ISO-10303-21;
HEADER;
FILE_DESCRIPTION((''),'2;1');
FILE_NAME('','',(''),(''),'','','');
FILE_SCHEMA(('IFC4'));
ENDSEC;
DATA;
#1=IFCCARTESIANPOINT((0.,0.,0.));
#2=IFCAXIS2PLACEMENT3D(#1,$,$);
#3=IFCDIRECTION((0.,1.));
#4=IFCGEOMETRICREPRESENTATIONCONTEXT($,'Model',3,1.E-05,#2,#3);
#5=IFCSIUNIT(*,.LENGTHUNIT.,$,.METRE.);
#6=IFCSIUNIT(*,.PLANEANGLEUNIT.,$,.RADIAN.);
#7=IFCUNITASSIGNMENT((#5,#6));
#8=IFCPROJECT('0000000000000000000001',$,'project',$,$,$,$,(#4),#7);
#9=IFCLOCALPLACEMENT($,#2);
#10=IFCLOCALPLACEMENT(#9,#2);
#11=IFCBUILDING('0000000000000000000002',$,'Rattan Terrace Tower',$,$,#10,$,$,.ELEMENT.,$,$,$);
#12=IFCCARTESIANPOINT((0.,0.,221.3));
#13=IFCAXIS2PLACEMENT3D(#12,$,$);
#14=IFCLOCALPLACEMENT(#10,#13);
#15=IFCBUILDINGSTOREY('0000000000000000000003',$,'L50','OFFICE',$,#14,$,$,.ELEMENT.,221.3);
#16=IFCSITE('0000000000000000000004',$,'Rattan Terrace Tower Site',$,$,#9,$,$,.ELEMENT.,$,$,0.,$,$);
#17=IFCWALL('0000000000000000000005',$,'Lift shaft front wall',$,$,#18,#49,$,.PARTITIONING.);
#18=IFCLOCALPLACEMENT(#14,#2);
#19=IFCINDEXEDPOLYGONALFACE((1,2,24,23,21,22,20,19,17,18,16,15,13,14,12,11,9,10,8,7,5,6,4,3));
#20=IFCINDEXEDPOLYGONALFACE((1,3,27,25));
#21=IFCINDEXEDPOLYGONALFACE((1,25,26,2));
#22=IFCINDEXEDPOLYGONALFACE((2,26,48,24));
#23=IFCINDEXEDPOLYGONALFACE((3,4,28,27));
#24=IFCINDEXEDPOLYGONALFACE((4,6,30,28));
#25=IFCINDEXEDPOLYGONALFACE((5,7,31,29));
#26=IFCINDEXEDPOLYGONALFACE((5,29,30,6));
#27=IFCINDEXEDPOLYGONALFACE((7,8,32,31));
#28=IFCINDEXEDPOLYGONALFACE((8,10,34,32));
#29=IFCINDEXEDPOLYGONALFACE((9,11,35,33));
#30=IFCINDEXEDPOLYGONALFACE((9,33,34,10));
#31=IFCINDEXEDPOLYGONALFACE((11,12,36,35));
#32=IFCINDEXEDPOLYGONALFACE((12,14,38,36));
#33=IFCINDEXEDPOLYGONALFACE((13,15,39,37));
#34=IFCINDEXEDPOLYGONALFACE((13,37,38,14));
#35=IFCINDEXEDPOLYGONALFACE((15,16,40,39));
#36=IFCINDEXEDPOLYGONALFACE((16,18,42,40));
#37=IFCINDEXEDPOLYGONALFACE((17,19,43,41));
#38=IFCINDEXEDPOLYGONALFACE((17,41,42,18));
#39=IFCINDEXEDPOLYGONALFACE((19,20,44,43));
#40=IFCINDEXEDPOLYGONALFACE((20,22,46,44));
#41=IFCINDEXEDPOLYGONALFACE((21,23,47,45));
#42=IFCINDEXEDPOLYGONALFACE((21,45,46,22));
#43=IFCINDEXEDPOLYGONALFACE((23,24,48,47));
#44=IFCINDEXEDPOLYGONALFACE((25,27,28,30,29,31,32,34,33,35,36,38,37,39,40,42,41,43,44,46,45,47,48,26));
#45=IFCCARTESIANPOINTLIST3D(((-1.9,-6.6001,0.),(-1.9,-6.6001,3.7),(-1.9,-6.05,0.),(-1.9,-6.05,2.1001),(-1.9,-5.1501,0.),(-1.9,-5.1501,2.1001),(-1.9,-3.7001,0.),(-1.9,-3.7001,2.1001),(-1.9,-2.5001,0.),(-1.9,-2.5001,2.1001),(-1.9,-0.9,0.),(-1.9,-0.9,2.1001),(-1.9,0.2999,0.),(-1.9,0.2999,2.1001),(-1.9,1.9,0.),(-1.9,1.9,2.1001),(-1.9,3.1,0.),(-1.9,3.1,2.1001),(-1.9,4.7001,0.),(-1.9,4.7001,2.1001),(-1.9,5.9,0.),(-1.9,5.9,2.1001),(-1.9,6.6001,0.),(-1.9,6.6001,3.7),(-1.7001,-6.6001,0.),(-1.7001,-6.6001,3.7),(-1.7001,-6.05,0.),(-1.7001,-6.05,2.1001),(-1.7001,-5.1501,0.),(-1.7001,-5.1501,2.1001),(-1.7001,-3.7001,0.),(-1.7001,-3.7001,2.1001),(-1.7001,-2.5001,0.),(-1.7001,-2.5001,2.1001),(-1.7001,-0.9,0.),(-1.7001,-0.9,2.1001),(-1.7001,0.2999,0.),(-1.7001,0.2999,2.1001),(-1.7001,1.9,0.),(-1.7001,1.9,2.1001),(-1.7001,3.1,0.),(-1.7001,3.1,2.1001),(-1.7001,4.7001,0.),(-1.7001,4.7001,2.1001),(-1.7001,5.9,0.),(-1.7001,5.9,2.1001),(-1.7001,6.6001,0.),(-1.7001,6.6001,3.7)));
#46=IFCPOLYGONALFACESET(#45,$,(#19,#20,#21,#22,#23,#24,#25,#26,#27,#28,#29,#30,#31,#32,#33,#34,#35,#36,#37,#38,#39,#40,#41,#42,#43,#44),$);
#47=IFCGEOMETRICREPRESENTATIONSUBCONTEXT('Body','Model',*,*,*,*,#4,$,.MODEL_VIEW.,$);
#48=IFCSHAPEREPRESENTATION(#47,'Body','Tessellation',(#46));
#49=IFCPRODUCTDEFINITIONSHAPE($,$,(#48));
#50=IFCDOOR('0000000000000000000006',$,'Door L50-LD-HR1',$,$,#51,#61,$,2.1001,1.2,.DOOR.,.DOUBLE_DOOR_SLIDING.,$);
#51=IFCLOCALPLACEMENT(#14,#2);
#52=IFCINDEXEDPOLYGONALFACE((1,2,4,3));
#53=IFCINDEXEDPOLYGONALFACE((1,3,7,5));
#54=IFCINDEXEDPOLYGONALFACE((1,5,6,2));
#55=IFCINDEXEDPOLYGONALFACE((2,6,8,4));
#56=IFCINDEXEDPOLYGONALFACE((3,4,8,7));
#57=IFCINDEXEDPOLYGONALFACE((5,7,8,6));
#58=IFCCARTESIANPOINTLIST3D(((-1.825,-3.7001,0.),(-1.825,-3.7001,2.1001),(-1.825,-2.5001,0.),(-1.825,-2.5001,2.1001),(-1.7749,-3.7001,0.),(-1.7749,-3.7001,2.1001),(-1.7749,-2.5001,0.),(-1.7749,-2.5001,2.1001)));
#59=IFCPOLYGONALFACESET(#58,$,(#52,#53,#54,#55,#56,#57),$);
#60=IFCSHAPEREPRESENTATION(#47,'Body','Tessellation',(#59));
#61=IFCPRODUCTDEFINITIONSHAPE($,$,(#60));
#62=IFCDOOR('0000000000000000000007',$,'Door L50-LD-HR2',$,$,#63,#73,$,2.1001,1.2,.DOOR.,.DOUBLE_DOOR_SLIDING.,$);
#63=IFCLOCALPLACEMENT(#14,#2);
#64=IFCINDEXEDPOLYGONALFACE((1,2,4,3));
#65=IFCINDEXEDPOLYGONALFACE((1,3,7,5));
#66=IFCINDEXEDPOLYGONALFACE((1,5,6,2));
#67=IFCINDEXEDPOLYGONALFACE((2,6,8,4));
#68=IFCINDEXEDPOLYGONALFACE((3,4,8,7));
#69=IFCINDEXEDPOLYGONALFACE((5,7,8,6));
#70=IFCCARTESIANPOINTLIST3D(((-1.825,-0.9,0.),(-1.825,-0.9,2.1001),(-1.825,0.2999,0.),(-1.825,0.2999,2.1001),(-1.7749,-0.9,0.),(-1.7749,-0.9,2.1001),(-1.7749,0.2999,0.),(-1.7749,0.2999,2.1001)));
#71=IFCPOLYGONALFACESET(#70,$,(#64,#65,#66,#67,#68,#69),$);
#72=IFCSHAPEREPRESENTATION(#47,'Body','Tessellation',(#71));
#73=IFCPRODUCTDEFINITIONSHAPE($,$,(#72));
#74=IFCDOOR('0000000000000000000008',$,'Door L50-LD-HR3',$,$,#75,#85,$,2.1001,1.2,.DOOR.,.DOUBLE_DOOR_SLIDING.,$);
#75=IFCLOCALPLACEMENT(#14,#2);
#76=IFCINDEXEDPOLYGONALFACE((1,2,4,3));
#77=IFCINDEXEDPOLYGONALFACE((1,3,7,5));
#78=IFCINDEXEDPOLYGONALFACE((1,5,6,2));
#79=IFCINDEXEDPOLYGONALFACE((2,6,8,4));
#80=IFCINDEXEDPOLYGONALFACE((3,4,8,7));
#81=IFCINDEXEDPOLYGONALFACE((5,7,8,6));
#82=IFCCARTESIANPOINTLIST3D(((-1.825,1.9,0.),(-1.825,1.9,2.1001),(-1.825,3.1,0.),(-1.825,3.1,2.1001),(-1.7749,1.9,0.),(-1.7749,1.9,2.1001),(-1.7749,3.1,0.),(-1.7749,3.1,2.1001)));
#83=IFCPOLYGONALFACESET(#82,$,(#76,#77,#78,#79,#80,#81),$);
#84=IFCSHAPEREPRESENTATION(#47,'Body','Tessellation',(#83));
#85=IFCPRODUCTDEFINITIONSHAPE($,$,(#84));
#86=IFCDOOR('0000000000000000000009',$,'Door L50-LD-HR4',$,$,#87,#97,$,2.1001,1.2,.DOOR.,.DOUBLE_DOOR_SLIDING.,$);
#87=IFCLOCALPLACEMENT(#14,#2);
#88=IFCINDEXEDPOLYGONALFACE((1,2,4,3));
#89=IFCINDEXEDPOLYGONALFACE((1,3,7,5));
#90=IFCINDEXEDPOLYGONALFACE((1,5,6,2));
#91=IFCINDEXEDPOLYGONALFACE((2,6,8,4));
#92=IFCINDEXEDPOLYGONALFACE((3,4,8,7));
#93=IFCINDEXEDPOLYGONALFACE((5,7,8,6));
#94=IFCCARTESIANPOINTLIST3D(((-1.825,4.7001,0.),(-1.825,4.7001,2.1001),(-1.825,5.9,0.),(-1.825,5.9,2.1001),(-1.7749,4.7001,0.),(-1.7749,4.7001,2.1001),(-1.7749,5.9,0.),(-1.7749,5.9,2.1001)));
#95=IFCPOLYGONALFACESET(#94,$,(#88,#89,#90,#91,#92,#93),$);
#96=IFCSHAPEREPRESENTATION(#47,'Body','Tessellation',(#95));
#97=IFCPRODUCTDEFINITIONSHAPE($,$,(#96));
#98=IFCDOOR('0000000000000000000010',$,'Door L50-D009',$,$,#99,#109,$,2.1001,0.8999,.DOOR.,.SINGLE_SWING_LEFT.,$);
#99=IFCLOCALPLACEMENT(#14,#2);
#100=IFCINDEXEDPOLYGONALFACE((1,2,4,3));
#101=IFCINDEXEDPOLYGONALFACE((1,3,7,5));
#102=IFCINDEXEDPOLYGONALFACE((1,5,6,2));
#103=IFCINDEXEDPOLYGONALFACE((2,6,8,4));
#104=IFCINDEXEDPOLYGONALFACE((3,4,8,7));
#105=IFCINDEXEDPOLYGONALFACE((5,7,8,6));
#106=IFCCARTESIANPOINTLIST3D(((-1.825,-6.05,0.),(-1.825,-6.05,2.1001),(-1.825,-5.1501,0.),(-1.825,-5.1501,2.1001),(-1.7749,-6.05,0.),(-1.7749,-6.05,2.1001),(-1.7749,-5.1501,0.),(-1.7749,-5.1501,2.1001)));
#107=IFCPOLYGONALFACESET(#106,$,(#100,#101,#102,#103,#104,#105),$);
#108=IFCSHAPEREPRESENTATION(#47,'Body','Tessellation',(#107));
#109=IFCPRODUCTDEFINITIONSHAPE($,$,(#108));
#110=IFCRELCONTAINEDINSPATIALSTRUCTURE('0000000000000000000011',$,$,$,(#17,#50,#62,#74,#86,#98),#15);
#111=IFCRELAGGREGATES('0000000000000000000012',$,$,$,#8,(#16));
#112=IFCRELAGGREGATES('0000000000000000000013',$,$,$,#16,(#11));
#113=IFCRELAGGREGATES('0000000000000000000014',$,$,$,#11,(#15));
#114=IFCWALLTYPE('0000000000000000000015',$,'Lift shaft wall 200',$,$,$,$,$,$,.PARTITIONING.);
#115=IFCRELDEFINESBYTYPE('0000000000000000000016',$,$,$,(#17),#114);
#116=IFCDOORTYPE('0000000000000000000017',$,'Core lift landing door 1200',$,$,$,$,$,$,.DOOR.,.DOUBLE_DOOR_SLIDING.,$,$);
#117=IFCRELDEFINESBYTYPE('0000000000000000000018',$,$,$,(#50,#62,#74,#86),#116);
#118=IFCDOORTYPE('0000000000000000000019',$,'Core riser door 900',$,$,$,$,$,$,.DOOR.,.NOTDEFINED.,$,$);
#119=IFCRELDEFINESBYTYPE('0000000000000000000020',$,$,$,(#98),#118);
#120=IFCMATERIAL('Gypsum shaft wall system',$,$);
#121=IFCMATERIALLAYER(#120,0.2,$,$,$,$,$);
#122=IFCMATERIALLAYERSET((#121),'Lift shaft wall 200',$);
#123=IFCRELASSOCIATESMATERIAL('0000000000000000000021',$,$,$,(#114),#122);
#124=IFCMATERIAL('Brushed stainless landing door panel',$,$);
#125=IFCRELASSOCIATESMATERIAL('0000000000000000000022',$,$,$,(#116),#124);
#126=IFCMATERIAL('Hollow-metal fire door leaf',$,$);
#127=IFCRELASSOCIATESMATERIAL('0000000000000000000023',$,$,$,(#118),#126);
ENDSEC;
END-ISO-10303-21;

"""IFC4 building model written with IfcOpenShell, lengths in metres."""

from ifc_helpers import new_model, si_unit, direction, frame, frame_2d, origin, place, context, subcontext, project, spatial, rectangle, extrude, material, layer, layer_set, type_object, element, fill, save


model = new_model("IFC4")

# Units and contexts
model_context = context("Model", 3, precision=1e-05, world=origin(), true_north=direction((0.0, 1.0)))
body_context = subcontext(model_context, "Body", "Model", "MODEL_VIEW")
ifc_project = project(units=[si_unit("LENGTHUNIT", "METRE"), si_unit("PLANEANGLEUNIT", "RADIAN")], contexts=[model_context])

# Site, building, storey
site_placement = place(None, origin())
site = spatial("IfcSite", under=ifc_project, at=site_placement, Name="Rattan Terrace Tower Site", CompositionType="ELEMENT", RefElevation=0.0)
building_placement = place(site_placement, origin())
building = spatial("IfcBuilding", under=site, at=building_placement, Name="Rattan Terrace Tower", CompositionType="ELEMENT")
storey_placement = place(building_placement, frame((0.0, 0.0, 221.3)))
storey = spatial("IfcBuildingStorey", under=building, at=storey_placement, Name="L50", Description="OFFICE", CompositionType="ELEMENT", Elevation=221.3)

# Wall, openings, doors
ifc_material_1 = material(Name="Gypsum shaft wall system")
ifc_layer_1 = layer(ifc_material_1, 0.2)
ifc_layer_set_1 = layer_set([ifc_layer_1], Name="Lift shaft wall 200")
wall_type_1 = type_object("IfcWallType", Name="Lift shaft wall 200", PredefinedType="PARTITIONING", material=ifc_layer_set_1)
wall_1_placement = place(storey_placement, frame((-1.8, -6.6001, 0.0), z_axis=(0.0, 0.0, 1.0), x_axis=(0.0, 1.0, 0.0)))
wall_1 = element("IfcWall", 1, at=wall_1_placement, inside=storey, type_object=wall_type_1, Name="Lift shaft front wall", PredefinedType="PARTITIONING", context=body_context, shape_type="SweptSolid", body=[
    extrude(rectangle(XDim=13.2002, YDim=0.2, at=frame_2d((6.6001, 0.0))), origin(), (0.0, 0.0, 1.0), 3.7),
])
opening_1_placement = place(wall_1_placement, frame((0.55, 0.0, 0.0)))
opening_1 = element("IfcOpeningElement", 2, at=opening_1_placement, cuts=wall_1, PredefinedType="OPENING", context=body_context, shape_type="SweptSolid", body=[
    extrude(rectangle(XDim=0.8999, YDim=2.1001, at=frame_2d((0.45, 1.05))), frame((0.0, 0.1106, 0.0), z_axis=(0.0, -1.0, 0.0), x_axis=(1.0, 0.0, 0.0)), (0.0, 0.0, 1.0), 0.2209),
])
opening_2_placement = place(wall_1_placement, frame((2.8999, 0.0, 0.0)))
opening_2 = element("IfcOpeningElement", 3, at=opening_2_placement, cuts=wall_1, PredefinedType="OPENING", context=body_context, shape_type="SweptSolid", body=[
    extrude(rectangle(XDim=1.2, YDim=2.1001, at=frame_2d((0.6001, 1.05))), frame((0.0, 0.1106, 0.0), z_axis=(0.0, -1.0, 0.0), x_axis=(1.0, 0.0, 0.0)), (0.0, 0.0, 1.0), 0.2209),
])
opening_3_placement = place(wall_1_placement, frame((5.7, 0.0, 0.0)))
opening_3 = element("IfcOpeningElement", 4, at=opening_3_placement, cuts=wall_1, PredefinedType="OPENING", context=body_context, shape_type="SweptSolid", body=[
    extrude(rectangle(XDim=1.2, YDim=2.1001, at=frame_2d((0.6001, 1.05))), frame((0.0, 0.1106, 0.0), z_axis=(0.0, -1.0, 0.0), x_axis=(1.0, 0.0, 0.0)), (0.0, 0.0, 1.0), 0.2209),
])
opening_4_placement = place(wall_1_placement, frame((8.5, 0.0, 0.0)))
opening_4 = element("IfcOpeningElement", 5, at=opening_4_placement, cuts=wall_1, PredefinedType="OPENING", context=body_context, shape_type="SweptSolid", body=[
    extrude(rectangle(XDim=1.2, YDim=2.1001, at=frame_2d((0.6001, 1.05))), frame((0.0, 0.1106, 0.0), z_axis=(0.0, -1.0, 0.0), x_axis=(1.0, 0.0, 0.0)), (0.0, 0.0, 1.0), 0.2209),
])
opening_5_placement = place(wall_1_placement, frame((11.3, 0.0, 0.0)))
opening_5 = element("IfcOpeningElement", 6, at=opening_5_placement, cuts=wall_1, PredefinedType="OPENING", context=body_context, shape_type="SweptSolid", body=[
    extrude(rectangle(XDim=1.2, YDim=2.1001, at=frame_2d((0.6001, 1.05))), frame((0.0, 0.1106, 0.0), z_axis=(0.0, -1.0, 0.0), x_axis=(1.0, 0.0, 0.0)), (0.0, 0.0, 1.0), 0.2209),
])
ifc_material_2 = material(Name="Brushed stainless landing door panel")
door_type_1 = type_object("IfcDoorType", Name="Core lift landing door 1200", OperationType="DOUBLE_DOOR_SLIDING", PredefinedType="DOOR", material=ifc_material_2)
door_1_placement = place(opening_2_placement, origin())
door_1 = element("IfcDoor", 7, at=door_1_placement, inside=storey, type_object=door_type_1, Name="Door L50-LD-HR1", OperationType="DOUBLE_DOOR_SLIDING", OverallHeight=2.1001, OverallWidth=1.2, PredefinedType="DOOR", context=body_context, shape_type="SweptSolid", body=[
    extrude(rectangle(XDim=1.2, YDim=2.1001, at=frame_2d((0.6001, 1.05))), frame((0.0, 0.0249, 0.0), z_axis=(0.0, -1.0, 0.0), x_axis=(1.0, 0.0, 0.0)), (0.0, 0.0, 1.0), 0.05),
])
fill(opening_2, door_1)
door_2_placement = place(opening_3_placement, origin())
door_2 = element("IfcDoor", 8, at=door_2_placement, inside=storey, type_object=door_type_1, Name="Door L50-LD-HR2", OperationType="DOUBLE_DOOR_SLIDING", OverallHeight=2.1001, OverallWidth=1.2, PredefinedType="DOOR", context=body_context, shape_type="SweptSolid", body=[
    extrude(rectangle(XDim=1.2, YDim=2.1001, at=frame_2d((0.6001, 1.05))), frame((0.0, 0.0249, 0.0), z_axis=(0.0, -1.0, 0.0), x_axis=(1.0, 0.0, 0.0)), (0.0, 0.0, 1.0), 0.05),
])
fill(opening_3, door_2)
door_3_placement = place(opening_4_placement, origin())
door_3 = element("IfcDoor", 9, at=door_3_placement, inside=storey, type_object=door_type_1, Name="Door L50-LD-HR3", OperationType="DOUBLE_DOOR_SLIDING", OverallHeight=2.1001, OverallWidth=1.2, PredefinedType="DOOR", context=body_context, shape_type="SweptSolid", body=[
    extrude(rectangle(XDim=1.2, YDim=2.1001, at=frame_2d((0.6001, 1.05))), frame((0.0, 0.0249, 0.0), z_axis=(0.0, -1.0, 0.0), x_axis=(1.0, 0.0, 0.0)), (0.0, 0.0, 1.0), 0.05),
])
fill(opening_4, door_3)
door_4_placement = place(opening_5_placement, origin())
door_4 = element("IfcDoor", 10, at=door_4_placement, inside=storey, type_object=door_type_1, Name="Door L50-LD-HR4", OperationType="DOUBLE_DOOR_SLIDING", OverallHeight=2.1001, OverallWidth=1.2, PredefinedType="DOOR", context=body_context, shape_type="SweptSolid", body=[
    extrude(rectangle(XDim=1.2, YDim=2.1001, at=frame_2d((0.6001, 1.05))), frame((0.0, 0.0249, 0.0), z_axis=(0.0, -1.0, 0.0), x_axis=(1.0, 0.0, 0.0)), (0.0, 0.0, 1.0), 0.05),
])
fill(opening_5, door_4)
ifc_material_3 = material(Name="Hollow-metal fire door leaf")
door_type_2 = type_object("IfcDoorType", Name="Core riser door 900", OperationType="NOTDEFINED", PredefinedType="DOOR", material=ifc_material_3)
door_5_placement = place(opening_1_placement, origin())
door_5 = element("IfcDoor", 11, at=door_5_placement, inside=storey, type_object=door_type_2, Name="Door L50-D009", OperationType="SINGLE_SWING_LEFT", OverallHeight=2.1001, OverallWidth=0.8999, PredefinedType="DOOR", context=body_context, shape_type="SweptSolid", body=[
    extrude(rectangle(XDim=0.8999, YDim=2.1001, at=frame_2d((0.45, 1.05))), frame((0.0, 0.0249, 0.0), z_axis=(0.0, -1.0, 0.0), x_axis=(1.0, 0.0, 0.0)), (0.0, 0.0, 1.0), 0.05),
])
fill(opening_1, door_5)

save(model, "model.ifc")
